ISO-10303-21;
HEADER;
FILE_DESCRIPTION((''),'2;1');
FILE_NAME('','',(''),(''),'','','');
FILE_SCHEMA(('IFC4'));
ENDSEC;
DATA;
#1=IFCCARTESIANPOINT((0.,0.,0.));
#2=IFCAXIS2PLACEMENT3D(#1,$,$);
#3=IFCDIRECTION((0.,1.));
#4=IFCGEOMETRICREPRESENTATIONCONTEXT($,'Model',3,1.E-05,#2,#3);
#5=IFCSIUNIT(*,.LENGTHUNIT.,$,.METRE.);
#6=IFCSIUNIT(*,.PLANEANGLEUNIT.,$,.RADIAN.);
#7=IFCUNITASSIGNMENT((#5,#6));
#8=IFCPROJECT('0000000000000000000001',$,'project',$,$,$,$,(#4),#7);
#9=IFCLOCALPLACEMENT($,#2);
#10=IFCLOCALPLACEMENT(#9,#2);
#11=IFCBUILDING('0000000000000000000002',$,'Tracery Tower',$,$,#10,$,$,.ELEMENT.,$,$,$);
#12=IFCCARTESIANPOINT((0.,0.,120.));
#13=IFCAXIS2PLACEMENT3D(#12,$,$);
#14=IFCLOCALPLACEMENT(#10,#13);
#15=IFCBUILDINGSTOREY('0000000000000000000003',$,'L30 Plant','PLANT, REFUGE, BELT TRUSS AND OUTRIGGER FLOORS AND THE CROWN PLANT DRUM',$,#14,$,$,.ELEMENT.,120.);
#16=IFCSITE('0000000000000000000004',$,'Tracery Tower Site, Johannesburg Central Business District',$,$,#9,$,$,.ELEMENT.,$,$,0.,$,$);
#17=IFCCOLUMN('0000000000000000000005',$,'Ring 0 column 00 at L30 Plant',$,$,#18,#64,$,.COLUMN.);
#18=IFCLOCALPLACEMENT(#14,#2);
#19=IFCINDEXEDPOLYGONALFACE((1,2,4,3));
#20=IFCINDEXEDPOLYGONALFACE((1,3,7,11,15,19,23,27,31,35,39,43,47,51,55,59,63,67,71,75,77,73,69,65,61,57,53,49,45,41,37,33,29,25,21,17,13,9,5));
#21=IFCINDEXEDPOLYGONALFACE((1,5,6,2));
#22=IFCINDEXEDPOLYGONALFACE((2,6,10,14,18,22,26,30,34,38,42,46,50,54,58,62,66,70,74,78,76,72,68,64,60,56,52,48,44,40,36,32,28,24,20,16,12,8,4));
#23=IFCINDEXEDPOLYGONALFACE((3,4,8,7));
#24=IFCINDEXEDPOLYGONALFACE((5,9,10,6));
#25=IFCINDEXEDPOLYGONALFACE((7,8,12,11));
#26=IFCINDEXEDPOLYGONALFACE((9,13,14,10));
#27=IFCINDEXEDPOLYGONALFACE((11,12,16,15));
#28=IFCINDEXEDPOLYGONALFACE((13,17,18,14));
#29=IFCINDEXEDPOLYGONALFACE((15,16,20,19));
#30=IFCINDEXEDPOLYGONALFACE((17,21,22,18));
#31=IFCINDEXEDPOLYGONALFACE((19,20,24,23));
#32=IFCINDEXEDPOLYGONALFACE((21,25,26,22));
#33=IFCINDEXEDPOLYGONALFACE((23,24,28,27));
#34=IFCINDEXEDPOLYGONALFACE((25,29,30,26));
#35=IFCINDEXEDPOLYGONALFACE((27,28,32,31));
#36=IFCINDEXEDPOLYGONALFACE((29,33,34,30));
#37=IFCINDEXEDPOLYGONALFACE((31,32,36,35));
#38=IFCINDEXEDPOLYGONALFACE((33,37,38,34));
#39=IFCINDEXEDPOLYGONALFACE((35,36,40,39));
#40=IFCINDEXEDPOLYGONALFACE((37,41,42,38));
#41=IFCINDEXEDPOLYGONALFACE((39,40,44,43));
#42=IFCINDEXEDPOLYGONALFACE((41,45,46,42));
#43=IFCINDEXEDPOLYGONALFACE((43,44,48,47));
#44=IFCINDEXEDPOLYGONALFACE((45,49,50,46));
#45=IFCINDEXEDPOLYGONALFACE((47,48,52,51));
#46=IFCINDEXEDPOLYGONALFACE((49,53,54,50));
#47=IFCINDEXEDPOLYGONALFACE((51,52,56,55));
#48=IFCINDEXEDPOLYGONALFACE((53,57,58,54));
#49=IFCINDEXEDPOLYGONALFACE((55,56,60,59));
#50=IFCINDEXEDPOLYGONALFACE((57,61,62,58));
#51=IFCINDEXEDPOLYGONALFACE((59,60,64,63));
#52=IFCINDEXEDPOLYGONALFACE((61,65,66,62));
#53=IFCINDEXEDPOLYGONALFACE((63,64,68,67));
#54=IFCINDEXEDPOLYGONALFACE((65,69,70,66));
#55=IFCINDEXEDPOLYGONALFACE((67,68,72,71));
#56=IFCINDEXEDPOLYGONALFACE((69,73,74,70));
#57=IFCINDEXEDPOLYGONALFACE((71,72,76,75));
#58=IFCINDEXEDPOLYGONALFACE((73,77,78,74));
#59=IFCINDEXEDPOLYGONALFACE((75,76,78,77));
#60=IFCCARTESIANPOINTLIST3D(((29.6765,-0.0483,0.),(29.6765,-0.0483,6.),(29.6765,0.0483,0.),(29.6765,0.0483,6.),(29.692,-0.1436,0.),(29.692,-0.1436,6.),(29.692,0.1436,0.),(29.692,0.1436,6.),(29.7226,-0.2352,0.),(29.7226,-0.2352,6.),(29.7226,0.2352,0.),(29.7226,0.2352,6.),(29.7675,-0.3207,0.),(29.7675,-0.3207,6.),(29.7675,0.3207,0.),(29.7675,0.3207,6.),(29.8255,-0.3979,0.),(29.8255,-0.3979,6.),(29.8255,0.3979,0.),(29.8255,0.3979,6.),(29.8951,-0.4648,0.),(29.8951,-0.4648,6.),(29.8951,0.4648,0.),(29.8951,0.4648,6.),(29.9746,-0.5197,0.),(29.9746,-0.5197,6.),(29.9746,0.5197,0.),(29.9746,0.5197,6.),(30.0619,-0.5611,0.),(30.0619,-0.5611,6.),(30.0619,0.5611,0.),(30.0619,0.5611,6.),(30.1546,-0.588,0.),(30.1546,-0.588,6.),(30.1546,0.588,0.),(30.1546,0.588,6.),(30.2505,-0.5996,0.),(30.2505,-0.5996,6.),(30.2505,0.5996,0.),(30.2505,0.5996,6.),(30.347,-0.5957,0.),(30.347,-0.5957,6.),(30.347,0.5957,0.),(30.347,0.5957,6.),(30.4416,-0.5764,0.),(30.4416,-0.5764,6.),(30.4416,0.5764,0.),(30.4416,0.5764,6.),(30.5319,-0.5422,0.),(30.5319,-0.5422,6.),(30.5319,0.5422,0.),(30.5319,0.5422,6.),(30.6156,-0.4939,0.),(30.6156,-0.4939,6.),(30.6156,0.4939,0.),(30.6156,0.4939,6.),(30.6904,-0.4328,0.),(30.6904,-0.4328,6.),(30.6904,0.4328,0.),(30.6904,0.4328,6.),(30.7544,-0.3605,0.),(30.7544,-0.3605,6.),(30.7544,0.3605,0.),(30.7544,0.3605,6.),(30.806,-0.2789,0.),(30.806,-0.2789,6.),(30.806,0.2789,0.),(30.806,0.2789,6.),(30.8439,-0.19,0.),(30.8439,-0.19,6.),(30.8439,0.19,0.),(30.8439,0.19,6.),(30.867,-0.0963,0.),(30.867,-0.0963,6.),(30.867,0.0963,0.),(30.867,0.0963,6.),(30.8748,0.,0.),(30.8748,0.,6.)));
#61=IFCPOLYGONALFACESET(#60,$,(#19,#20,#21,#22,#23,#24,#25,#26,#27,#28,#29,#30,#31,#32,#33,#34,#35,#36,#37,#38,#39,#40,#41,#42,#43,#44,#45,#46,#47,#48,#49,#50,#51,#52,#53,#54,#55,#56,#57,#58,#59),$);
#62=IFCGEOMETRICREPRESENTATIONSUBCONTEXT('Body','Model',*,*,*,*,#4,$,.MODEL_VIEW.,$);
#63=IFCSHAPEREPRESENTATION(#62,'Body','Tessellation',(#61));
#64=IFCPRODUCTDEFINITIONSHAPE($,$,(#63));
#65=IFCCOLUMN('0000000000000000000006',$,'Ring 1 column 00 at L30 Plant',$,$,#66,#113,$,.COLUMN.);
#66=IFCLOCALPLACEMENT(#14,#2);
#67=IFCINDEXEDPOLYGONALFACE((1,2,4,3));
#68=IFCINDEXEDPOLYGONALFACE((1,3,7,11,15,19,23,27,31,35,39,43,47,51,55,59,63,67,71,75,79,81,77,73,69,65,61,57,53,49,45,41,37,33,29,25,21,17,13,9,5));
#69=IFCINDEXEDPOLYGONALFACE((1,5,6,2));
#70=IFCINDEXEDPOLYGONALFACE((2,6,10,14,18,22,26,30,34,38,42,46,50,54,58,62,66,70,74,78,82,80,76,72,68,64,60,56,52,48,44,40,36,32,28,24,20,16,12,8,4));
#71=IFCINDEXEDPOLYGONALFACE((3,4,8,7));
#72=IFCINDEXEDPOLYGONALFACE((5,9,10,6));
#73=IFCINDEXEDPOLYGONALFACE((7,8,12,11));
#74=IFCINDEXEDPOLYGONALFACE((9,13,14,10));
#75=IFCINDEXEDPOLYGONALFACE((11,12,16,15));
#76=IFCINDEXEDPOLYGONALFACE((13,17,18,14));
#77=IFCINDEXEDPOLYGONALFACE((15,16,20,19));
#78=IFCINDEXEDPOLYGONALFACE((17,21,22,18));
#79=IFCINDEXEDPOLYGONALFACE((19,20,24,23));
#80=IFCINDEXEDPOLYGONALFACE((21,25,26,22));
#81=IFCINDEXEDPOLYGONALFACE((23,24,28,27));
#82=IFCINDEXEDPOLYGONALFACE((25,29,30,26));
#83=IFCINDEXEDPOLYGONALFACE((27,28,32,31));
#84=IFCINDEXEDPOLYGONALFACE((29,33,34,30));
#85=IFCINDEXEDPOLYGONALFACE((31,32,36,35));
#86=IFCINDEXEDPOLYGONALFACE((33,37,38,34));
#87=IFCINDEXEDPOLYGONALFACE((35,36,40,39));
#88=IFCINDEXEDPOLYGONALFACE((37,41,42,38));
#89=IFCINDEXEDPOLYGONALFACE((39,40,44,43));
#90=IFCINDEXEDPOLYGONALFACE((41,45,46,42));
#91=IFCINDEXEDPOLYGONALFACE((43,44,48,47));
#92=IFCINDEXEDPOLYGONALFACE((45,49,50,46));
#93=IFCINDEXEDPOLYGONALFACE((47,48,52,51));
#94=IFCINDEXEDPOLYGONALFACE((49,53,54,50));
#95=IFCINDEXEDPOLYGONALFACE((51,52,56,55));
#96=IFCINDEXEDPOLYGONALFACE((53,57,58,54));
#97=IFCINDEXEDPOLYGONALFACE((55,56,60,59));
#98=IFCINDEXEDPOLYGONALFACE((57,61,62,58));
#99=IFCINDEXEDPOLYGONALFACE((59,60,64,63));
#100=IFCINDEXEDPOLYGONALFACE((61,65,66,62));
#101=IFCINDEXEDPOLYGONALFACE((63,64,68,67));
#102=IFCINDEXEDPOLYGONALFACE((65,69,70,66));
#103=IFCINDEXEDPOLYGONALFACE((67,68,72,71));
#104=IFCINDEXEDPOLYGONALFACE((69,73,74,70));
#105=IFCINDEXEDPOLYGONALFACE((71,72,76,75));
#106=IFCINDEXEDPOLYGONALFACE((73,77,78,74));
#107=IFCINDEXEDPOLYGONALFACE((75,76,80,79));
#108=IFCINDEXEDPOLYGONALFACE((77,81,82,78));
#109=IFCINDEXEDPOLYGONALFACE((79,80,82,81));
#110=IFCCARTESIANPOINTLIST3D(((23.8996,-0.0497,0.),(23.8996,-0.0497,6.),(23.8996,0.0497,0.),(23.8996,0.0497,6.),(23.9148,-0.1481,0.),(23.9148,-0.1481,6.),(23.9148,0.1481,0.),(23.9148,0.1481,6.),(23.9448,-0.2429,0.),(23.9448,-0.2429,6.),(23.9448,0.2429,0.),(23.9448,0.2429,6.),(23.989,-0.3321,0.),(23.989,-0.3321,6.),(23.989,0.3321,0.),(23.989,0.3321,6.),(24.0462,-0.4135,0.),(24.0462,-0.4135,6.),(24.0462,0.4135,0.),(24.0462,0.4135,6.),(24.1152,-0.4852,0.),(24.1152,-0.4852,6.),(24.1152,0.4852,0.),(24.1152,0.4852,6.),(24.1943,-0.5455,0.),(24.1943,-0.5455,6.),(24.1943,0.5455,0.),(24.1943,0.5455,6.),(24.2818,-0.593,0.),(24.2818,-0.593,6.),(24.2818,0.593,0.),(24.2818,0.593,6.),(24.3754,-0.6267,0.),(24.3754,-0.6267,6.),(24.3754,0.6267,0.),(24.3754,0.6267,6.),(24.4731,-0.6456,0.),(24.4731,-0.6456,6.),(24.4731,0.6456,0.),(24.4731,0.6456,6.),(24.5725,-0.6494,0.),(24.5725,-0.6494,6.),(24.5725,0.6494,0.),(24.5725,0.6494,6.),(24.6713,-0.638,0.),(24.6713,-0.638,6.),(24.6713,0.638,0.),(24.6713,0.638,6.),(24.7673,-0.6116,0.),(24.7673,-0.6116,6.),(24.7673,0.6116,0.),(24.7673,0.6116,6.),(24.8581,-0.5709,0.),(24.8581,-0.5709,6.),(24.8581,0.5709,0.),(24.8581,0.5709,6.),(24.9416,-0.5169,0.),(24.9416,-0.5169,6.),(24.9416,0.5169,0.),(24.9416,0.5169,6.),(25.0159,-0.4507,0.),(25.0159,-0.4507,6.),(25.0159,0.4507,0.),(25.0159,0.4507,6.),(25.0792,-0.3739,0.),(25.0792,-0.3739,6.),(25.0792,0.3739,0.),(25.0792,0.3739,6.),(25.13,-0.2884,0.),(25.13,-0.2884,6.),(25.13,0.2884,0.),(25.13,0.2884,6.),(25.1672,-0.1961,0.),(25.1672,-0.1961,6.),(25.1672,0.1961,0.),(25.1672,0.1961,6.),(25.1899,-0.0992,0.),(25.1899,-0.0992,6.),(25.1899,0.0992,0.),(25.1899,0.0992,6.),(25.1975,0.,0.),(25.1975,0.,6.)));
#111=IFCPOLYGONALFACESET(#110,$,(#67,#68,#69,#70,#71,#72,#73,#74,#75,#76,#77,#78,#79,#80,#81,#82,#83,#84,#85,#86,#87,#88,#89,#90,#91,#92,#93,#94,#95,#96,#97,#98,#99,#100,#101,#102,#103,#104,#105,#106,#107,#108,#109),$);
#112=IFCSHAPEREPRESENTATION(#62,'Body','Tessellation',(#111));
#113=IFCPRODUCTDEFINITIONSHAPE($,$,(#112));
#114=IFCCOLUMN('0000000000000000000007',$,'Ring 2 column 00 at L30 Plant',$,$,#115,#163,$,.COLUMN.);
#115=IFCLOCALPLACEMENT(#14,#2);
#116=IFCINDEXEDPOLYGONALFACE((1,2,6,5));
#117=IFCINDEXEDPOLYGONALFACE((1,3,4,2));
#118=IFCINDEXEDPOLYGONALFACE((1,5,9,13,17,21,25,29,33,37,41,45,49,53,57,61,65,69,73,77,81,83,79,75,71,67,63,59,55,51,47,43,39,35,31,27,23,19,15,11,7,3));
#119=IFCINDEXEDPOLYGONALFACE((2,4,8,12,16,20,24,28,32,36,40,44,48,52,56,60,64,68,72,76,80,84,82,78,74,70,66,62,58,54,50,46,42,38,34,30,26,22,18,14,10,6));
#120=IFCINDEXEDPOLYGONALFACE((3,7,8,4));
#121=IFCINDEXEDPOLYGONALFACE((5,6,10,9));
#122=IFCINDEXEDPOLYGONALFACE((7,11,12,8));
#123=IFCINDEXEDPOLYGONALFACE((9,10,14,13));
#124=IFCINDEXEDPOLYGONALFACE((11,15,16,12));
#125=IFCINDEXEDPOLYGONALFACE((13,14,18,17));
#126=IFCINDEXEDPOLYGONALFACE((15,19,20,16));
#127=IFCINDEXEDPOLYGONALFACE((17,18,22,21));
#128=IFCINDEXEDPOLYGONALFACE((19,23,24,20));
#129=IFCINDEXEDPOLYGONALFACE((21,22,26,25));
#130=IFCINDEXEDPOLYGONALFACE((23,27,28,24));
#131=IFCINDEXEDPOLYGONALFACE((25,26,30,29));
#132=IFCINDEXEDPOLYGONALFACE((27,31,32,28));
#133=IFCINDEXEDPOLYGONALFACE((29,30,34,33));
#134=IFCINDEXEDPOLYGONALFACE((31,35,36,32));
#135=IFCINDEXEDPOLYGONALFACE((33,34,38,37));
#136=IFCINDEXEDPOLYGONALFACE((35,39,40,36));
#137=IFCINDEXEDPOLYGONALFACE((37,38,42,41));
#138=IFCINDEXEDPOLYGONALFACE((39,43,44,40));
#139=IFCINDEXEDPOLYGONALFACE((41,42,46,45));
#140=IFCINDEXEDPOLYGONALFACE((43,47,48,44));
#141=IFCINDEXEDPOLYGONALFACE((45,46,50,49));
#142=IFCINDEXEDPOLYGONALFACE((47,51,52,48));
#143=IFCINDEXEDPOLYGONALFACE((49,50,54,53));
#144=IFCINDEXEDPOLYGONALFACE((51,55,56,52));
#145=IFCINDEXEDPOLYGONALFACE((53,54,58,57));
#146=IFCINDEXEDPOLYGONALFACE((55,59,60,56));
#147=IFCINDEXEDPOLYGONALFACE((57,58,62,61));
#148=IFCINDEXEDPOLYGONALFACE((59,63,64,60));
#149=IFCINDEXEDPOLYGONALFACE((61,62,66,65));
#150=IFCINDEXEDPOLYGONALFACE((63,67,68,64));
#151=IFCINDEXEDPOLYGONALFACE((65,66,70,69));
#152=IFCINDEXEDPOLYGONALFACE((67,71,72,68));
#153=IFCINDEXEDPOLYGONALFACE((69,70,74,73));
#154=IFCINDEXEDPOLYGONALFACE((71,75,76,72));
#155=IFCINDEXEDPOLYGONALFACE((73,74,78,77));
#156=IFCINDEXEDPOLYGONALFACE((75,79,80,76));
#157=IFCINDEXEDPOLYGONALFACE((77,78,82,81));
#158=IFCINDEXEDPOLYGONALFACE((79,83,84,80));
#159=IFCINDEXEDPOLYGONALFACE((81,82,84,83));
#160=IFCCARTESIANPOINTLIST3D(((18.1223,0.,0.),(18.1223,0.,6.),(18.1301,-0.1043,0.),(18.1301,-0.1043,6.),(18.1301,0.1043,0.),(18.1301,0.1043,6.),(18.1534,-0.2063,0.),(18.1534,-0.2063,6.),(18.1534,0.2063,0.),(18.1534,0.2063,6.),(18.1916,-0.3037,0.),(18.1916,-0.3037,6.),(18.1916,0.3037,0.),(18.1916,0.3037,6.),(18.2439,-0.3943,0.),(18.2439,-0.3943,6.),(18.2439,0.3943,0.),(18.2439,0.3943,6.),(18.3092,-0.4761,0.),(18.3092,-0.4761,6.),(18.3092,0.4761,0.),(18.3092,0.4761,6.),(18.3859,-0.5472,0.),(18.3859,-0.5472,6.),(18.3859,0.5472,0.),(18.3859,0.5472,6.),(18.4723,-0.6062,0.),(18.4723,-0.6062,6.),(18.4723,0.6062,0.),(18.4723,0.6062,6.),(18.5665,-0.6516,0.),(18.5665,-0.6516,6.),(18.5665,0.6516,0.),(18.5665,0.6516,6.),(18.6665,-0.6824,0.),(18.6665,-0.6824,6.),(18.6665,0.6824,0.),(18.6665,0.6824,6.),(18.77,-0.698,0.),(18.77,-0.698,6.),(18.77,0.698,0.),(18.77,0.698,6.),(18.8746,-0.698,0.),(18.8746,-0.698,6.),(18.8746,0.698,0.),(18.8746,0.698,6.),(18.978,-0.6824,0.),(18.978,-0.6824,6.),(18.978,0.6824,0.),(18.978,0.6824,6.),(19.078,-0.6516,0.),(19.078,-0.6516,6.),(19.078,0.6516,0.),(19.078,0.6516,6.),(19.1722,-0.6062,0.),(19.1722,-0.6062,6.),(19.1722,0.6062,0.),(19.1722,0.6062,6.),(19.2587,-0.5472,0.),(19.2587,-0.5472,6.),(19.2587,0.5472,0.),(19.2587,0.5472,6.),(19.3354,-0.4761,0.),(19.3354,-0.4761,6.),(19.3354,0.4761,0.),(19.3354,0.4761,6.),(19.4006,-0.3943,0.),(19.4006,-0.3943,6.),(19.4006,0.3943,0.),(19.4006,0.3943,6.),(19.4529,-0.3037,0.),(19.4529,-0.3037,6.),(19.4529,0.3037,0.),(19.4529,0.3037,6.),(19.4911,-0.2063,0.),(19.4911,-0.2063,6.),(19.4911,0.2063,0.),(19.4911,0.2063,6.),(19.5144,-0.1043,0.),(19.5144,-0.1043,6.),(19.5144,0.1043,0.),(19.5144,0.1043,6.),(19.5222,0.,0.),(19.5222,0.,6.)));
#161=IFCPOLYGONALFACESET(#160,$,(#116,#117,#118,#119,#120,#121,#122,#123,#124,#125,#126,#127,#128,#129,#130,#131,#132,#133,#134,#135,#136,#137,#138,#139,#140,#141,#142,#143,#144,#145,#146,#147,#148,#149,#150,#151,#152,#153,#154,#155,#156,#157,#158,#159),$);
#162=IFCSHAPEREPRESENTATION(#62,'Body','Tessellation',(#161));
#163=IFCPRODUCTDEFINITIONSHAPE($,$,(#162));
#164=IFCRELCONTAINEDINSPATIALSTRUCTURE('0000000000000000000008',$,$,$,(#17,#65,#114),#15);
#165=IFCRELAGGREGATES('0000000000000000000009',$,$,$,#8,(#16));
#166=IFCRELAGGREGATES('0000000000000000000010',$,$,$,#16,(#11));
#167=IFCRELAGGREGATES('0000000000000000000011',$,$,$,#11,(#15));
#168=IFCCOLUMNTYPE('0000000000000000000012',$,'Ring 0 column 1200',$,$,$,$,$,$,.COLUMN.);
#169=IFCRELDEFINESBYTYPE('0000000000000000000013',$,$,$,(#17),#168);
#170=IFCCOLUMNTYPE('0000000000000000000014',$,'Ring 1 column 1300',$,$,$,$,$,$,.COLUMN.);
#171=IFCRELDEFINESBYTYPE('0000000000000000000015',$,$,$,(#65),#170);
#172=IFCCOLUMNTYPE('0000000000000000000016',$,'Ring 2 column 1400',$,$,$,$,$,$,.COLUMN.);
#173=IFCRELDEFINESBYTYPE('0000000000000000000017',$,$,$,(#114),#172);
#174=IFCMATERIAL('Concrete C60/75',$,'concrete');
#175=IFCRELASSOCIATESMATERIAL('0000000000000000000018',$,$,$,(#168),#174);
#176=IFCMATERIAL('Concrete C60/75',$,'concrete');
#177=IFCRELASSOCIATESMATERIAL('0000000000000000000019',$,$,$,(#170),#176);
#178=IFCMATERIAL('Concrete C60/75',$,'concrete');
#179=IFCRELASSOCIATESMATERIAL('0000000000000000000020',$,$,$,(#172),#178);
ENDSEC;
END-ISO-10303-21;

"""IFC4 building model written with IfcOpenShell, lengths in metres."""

from ifc_helpers import new_model, si_unit, direction, frame, origin, origin_2d, place, context, subcontext, project, spatial, circle, extrude, material, material_profile, profile_set, type_object, element, save


model = new_model("IFC4")

# Units and contexts
model_context = context("Model", 3, precision=1e-05, world=origin(), true_north=direction((0.0, 1.0)))
body_context = subcontext(model_context, "Body", "Model", "MODEL_VIEW")
ifc_project = project(units=[si_unit("LENGTHUNIT", "METRE"), si_unit("PLANEANGLEUNIT", "RADIAN")], contexts=[model_context])

# Site, building, storey
site_placement = place(None, origin())
site = spatial("IfcSite", under=ifc_project, at=site_placement, Name="Tracery Tower Site, Johannesburg Central Business District", CompositionType="ELEMENT", RefElevation=0.0)
building_placement = place(site_placement, origin())
building = spatial("IfcBuilding", under=site, at=building_placement, Name="Tracery Tower", CompositionType="ELEMENT")
storey_placement = place(building_placement, frame((0.0, 0.0, 120.0)))
storey = spatial("IfcBuildingStorey", under=building, at=storey_placement, Name="L30 Plant", Description="PLANT, REFUGE, BELT TRUSS AND OUTRIGGER FLOORS AND THE CROWN PLANT DRUM", CompositionType="ELEMENT", Elevation=120.0)

# Columns
ifc_material_1 = material(Name="Concrete C60/75", Category="concrete")
ifc_material_profile_1 = material_profile(ifc_material_1, circle(Radius=0.6001, at=origin_2d()), Name="RC D1200")
ifc_profile_set_1 = profile_set([ifc_material_profile_1], Name="Concrete C60/75")
column_type_1 = type_object("IfcColumnType", Name="Ring 0 column 1200", PredefinedType="COLUMN", material=ifc_profile_set_1)
column_1_placement = place(storey_placement, frame((30.2747, 0.0, 0.0), z_axis=(0.0, 0.0, 1.0), x_axis=(1.0, 0.0, 0.0)))
element("IfcColumn", 1, at=column_1_placement, inside=storey, type_object=column_type_1, Name="Ring 0 column 00 at L30 Plant", PredefinedType="COLUMN", context=body_context, shape_type="SweptSolid", body=[
    extrude(circle(Radius=0.6001, at=origin_2d()), origin(), (0.0, 0.0, 1.0), 6.0),
])
ifc_material_2 = material(Name="Concrete C60/75", Category="concrete")
ifc_material_profile_2 = material_profile(ifc_material_2, circle(Radius=0.6499, at=origin_2d()), Name="RC D1300")
ifc_profile_set_2 = profile_set([ifc_material_profile_2], Name="Concrete C60/75")
column_type_2 = type_object("IfcColumnType", Name="Ring 1 column 1300", PredefinedType="COLUMN", material=ifc_profile_set_2)
column_2_placement = place(storey_placement, frame((24.5476, 0.0, 0.0), z_axis=(0.0, 0.0, 1.0), x_axis=(1.0, 0.0, 0.0)))
element("IfcColumn", 2, at=column_2_placement, inside=storey, type_object=column_type_2, Name="Ring 1 column 00 at L30 Plant", PredefinedType="COLUMN", context=body_context, shape_type="SweptSolid", body=[
    extrude(circle(Radius=0.6499, at=origin_2d()), origin(), (0.0, 0.0, 1.0), 6.0),
])
ifc_material_3 = material(Name="Concrete C60/75", Category="concrete")
ifc_material_profile_3 = material_profile(ifc_material_3, circle(Radius=0.7, at=origin_2d()), Name="RC D1400")
ifc_profile_set_3 = profile_set([ifc_material_profile_3], Name="Concrete C60/75")
column_type_3 = type_object("IfcColumnType", Name="Ring 2 column 1400", PredefinedType="COLUMN", material=ifc_profile_set_3)
column_3_placement = place(storey_placement, frame((18.8223, 0.0, 0.0), z_axis=(0.0, 0.0, 1.0), x_axis=(1.0, 0.0, 0.0)))
element("IfcColumn", 3, at=column_3_placement, inside=storey, type_object=column_type_3, Name="Ring 2 column 00 at L30 Plant", PredefinedType="COLUMN", context=body_context, shape_type="SweptSolid", body=[
    extrude(circle(Radius=0.7, at=origin_2d()), origin(), (0.0, 0.0, 1.0), 6.0),
])

save(model, "model.ifc")
